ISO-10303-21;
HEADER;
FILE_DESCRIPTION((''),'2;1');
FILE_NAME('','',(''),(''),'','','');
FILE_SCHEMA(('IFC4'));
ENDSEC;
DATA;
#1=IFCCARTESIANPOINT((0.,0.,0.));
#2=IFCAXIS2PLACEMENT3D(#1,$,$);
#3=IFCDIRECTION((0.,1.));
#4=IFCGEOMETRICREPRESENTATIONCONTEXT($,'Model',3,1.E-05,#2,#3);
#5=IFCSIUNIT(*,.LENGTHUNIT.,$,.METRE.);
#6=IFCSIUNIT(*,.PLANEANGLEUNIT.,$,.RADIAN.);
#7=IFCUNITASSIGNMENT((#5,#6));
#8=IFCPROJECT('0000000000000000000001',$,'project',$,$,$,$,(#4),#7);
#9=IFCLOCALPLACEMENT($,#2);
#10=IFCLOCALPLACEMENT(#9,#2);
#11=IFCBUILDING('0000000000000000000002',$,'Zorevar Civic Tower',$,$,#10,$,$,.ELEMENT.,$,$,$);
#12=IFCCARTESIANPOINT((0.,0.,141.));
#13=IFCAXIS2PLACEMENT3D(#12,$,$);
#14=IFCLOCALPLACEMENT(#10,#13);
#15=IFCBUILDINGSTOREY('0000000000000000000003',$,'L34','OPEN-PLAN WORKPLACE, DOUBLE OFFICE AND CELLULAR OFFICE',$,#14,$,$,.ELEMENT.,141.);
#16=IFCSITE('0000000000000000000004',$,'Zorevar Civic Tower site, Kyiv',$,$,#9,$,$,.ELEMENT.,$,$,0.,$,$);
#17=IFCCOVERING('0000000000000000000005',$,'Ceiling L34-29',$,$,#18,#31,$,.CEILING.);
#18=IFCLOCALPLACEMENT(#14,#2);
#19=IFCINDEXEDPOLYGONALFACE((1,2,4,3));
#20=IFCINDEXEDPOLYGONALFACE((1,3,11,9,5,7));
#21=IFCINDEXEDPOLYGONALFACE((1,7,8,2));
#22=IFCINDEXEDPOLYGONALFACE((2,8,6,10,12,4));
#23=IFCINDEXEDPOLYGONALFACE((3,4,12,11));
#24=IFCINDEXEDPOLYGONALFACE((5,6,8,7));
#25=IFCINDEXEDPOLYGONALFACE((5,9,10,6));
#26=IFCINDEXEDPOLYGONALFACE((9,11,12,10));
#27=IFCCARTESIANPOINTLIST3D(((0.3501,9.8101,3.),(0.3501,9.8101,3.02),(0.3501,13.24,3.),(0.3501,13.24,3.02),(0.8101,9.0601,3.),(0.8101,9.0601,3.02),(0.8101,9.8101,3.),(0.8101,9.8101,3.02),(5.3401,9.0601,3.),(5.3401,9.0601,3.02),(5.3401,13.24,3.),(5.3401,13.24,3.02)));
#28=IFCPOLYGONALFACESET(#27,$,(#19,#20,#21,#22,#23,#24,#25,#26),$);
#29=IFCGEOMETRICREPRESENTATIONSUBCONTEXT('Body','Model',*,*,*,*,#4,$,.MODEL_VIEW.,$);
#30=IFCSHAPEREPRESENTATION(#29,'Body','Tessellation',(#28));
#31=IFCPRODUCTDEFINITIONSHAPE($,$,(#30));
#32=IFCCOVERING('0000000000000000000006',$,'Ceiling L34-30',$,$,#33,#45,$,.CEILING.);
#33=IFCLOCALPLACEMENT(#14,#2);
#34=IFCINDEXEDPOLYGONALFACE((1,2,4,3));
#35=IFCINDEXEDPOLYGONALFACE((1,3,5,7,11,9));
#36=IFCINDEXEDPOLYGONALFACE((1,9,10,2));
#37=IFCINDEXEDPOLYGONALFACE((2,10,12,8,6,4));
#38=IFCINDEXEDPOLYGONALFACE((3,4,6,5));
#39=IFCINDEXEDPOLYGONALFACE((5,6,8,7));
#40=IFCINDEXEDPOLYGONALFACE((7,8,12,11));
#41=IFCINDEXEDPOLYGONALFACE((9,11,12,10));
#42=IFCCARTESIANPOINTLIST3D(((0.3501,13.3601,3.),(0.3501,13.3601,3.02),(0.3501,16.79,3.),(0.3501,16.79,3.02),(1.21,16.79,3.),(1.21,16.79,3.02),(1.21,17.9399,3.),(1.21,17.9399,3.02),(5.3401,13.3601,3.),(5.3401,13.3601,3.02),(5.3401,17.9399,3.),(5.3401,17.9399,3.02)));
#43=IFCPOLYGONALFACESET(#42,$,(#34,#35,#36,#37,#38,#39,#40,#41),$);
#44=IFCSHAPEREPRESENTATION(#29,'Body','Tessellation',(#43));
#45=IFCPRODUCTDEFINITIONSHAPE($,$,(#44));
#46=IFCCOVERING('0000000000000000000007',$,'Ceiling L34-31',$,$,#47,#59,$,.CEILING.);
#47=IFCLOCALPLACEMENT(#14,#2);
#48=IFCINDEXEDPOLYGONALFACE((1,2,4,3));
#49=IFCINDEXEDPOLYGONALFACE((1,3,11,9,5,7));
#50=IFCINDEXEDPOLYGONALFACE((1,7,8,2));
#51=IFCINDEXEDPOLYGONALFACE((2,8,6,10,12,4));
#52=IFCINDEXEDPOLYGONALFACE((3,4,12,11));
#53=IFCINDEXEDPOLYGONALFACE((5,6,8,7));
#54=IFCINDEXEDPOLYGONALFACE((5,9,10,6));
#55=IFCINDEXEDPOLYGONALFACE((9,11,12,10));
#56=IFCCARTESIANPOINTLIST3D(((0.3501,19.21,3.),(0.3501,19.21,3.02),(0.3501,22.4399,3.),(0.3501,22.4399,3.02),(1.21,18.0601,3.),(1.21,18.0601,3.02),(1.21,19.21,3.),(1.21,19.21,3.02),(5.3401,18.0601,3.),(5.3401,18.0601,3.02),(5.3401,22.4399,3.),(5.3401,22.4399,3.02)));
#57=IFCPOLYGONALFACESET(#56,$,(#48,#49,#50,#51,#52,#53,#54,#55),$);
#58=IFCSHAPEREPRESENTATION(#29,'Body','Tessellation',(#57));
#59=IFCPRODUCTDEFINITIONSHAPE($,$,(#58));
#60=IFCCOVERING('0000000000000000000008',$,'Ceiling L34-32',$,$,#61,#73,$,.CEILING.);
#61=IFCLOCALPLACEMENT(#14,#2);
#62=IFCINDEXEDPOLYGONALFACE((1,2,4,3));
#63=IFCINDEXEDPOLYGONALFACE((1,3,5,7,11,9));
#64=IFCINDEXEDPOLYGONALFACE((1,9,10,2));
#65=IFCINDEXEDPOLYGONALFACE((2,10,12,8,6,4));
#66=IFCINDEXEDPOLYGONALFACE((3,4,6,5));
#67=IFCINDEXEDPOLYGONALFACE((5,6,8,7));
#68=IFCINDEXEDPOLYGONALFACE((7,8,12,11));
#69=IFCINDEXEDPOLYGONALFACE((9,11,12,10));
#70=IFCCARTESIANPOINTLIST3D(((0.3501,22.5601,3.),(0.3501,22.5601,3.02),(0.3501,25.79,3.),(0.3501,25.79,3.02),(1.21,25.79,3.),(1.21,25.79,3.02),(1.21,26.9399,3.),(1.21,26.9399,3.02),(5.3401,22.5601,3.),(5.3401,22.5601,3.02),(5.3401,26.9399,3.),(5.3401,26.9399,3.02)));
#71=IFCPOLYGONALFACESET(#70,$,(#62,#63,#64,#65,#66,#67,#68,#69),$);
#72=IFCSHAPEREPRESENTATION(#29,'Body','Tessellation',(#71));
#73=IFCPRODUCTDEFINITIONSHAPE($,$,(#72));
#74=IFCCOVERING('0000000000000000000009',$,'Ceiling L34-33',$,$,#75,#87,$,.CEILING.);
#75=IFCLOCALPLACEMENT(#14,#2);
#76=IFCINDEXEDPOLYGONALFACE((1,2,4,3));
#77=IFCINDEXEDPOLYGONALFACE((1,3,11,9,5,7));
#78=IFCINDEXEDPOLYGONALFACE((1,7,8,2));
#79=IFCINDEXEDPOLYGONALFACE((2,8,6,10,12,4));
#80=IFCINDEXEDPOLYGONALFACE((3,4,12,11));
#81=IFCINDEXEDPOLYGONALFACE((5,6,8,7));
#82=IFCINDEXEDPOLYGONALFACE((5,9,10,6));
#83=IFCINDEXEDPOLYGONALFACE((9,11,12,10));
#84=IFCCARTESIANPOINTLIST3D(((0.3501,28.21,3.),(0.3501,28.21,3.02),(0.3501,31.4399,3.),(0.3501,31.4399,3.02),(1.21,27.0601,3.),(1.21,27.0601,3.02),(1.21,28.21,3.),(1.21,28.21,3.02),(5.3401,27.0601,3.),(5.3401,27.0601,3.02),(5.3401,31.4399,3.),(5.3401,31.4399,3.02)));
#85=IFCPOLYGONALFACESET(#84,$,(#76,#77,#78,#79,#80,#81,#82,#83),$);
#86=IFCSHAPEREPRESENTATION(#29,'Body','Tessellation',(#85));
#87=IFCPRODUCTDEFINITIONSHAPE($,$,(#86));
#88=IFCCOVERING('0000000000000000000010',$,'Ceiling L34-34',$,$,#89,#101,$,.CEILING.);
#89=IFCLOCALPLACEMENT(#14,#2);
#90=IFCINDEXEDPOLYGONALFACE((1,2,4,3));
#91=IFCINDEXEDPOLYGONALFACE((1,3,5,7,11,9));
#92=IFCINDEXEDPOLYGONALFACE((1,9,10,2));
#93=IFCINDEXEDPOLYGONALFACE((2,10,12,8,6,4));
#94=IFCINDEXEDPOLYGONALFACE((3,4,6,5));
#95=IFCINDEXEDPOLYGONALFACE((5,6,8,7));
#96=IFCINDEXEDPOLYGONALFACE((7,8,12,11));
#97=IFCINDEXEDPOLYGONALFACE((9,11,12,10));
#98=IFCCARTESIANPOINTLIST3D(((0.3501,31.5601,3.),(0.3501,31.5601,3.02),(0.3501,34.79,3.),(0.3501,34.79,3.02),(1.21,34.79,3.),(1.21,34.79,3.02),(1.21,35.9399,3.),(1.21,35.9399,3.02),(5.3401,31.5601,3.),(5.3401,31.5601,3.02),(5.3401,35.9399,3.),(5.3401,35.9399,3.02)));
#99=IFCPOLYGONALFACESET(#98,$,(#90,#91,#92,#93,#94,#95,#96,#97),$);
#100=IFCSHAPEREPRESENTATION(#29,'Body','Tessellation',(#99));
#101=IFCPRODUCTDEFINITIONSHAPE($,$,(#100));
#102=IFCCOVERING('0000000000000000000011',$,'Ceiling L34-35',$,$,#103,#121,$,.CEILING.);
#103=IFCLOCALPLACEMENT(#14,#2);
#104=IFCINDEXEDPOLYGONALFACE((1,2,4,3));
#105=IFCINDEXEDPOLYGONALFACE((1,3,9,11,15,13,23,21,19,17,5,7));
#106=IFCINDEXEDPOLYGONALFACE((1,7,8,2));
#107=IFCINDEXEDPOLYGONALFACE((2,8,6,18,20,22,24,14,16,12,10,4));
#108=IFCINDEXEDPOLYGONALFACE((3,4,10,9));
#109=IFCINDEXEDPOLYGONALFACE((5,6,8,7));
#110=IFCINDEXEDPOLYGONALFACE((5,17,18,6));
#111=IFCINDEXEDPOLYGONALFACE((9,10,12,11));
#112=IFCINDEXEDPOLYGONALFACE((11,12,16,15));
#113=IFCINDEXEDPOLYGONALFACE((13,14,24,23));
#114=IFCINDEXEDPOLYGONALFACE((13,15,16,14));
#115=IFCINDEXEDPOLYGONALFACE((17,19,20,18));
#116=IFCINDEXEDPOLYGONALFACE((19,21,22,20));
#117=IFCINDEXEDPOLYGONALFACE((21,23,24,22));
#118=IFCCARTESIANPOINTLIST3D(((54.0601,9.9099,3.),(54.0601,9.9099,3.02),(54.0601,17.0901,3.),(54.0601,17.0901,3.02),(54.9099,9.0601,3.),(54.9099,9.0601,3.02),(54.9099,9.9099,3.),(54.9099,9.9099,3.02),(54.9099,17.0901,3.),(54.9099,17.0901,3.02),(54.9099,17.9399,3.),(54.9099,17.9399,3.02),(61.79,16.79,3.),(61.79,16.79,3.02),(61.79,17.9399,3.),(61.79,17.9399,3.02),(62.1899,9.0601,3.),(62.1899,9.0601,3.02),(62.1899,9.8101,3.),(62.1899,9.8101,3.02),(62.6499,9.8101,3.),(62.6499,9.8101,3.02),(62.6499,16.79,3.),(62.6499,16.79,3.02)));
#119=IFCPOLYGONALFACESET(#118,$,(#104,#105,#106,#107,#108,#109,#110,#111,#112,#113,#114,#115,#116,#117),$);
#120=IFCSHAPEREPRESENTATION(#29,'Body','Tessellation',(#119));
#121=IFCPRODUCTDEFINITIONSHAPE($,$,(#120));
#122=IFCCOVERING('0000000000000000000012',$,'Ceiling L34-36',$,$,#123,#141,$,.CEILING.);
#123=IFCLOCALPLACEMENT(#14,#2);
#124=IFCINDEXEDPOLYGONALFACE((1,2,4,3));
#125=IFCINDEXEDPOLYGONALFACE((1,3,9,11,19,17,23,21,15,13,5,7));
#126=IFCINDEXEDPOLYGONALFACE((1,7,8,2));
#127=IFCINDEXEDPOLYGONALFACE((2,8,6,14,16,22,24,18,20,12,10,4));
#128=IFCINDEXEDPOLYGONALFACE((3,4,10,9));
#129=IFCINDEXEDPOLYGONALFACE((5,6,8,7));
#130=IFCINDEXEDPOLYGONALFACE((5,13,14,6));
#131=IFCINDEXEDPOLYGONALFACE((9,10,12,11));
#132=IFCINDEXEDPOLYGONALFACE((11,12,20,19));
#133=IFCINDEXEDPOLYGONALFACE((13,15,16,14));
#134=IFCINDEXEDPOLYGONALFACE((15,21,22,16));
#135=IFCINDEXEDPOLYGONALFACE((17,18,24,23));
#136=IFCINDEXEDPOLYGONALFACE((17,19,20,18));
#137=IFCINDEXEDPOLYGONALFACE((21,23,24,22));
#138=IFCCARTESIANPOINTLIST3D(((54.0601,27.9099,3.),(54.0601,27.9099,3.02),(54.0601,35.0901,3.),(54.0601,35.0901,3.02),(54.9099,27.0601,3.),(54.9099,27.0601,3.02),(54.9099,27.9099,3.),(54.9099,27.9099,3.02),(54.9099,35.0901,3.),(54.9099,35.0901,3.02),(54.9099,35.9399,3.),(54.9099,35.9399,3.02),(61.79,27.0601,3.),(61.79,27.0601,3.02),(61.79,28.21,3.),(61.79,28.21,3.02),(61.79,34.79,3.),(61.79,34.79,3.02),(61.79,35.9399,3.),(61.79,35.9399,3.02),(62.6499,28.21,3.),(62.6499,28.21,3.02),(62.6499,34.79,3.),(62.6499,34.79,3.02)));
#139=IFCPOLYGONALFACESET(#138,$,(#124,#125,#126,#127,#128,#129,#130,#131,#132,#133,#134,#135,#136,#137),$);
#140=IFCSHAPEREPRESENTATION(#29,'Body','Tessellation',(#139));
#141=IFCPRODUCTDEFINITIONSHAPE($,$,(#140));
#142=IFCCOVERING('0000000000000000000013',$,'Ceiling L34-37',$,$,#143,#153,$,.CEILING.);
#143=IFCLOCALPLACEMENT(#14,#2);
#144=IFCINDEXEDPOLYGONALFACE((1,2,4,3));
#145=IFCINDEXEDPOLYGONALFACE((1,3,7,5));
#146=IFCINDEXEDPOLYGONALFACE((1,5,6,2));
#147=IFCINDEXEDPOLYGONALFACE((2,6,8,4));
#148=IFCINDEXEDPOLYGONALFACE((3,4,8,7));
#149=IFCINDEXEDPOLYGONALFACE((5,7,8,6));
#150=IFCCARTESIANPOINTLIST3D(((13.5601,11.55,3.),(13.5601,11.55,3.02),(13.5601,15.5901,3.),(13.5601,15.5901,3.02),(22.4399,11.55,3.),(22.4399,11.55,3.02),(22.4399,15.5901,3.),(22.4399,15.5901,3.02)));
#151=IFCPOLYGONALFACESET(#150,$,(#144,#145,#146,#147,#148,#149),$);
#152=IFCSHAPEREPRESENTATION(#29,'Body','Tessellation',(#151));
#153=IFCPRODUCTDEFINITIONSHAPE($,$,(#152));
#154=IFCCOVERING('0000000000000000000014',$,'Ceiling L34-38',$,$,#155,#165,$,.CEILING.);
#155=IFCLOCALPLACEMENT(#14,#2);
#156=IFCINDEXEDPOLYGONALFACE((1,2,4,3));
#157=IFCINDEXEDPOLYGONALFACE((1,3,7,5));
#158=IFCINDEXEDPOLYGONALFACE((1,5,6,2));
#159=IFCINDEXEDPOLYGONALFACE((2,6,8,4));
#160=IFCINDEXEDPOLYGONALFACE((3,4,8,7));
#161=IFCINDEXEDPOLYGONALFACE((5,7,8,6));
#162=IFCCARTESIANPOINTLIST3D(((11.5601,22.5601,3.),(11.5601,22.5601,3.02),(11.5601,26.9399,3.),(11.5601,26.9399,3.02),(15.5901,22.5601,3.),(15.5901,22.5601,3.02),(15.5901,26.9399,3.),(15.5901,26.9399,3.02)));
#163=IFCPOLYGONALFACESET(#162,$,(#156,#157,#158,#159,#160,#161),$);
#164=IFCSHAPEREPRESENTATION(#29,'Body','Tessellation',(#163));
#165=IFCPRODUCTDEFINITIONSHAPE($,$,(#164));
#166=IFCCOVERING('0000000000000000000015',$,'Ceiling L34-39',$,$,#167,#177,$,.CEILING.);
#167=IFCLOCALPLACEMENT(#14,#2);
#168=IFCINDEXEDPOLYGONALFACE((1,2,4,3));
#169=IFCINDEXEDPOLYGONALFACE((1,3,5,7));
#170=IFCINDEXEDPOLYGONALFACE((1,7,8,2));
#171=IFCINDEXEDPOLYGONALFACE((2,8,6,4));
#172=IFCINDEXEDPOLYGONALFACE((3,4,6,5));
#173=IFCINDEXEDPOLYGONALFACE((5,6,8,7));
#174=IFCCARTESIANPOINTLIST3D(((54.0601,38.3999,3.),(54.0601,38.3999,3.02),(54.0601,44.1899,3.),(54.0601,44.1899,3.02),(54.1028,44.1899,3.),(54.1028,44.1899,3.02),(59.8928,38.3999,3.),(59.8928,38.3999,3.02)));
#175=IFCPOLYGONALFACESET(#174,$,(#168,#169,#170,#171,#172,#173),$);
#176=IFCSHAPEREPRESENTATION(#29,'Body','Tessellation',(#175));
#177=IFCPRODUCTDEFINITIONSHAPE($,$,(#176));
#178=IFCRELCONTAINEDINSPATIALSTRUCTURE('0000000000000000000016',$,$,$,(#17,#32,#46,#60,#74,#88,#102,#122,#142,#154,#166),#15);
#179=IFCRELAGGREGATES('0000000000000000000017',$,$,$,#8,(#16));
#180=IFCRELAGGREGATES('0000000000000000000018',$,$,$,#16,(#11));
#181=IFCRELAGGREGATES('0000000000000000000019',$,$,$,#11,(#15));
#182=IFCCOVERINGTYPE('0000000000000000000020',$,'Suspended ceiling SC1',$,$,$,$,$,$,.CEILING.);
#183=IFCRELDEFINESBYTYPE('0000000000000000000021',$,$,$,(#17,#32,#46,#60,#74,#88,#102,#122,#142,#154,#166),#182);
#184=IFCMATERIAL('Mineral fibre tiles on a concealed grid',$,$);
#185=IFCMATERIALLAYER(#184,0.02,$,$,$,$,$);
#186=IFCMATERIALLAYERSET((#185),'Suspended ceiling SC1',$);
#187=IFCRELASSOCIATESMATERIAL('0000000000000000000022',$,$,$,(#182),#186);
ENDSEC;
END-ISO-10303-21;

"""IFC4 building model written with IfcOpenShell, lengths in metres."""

from ifc_helpers import new_model, si_unit, direction, frame, origin, place, context, subcontext, project, spatial, polyline, outline, extrude, material, layer, layer_set, type_object, element, save


model = new_model("IFC4")

# Units and contexts
model_context = context("Model", 3, precision=1e-05, world=origin(), true_north=direction((0.0, 1.0)))
body_context = subcontext(model_context, "Body", "Model", "MODEL_VIEW")
ifc_project = project(units=[si_unit("LENGTHUNIT", "METRE"), si_unit("PLANEANGLEUNIT", "RADIAN")], contexts=[model_context])

# Site, building, storey
site_placement = place(None, origin())
site = spatial("IfcSite", under=ifc_project, at=site_placement, Name="Zorevar Civic Tower site, Kyiv", CompositionType="ELEMENT", RefElevation=0.0)
building_placement = place(site_placement, origin())
building = spatial("IfcBuilding", under=site, at=building_placement, Name="Zorevar Civic Tower", CompositionType="ELEMENT")
storey_placement = place(building_placement, frame((0.0, 0.0, 141.0)))
storey = spatial("IfcBuildingStorey", under=building, at=storey_placement, Name="L34", Description="OPEN-PLAN WORKPLACE, DOUBLE OFFICE AND CELLULAR OFFICE", CompositionType="ELEMENT", Elevation=141.0)

# Coverings
ifc_material_1 = material(Name="Mineral fibre tiles on a concealed grid")
ifc_layer_1 = layer(ifc_material_1, 0.02)
ifc_layer_set_1 = layer_set([ifc_layer_1], Name="Suspended ceiling SC1")
covering_type_1 = type_object("IfcCoveringType", Name="Suspended ceiling SC1", PredefinedType="CEILING", material=ifc_layer_set_1)
covering_1_placement = place(storey_placement, frame((0.0, 0.0, 3.0)))
element("IfcCovering", 1, at=covering_1_placement, inside=storey, type_object=covering_type_1, Name="Ceiling L34-29", PredefinedType="CEILING", context=body_context, shape_type="SweptSolid", body=[
    extrude(outline(polyline([(5.3401, 9.0601), (0.8101, 9.0601), (0.8101, 9.8101), (0.3501, 9.8101), (0.3501, 13.24), (5.3401, 13.24), (5.3401, 9.0601)])), origin(), (0.0, 0.0, 1.0), 0.02),
])
covering_2_placement = place(storey_placement, frame((0.0, 0.0, 3.0)))
element("IfcCovering", 2, at=covering_2_placement, inside=storey, type_object=covering_type_1, Name="Ceiling L34-30", PredefinedType="CEILING", context=body_context, shape_type="SweptSolid", body=[
    extrude(outline(polyline([(5.3401, 13.3601), (0.3501, 13.3601), (0.3501, 16.79), (1.21, 16.79), (1.21, 17.9399), (5.3401, 17.9399), (5.3401, 13.3601)])), origin(), (0.0, 0.0, 1.0), 0.02),
])
covering_3_placement = place(storey_placement, frame((0.0, 0.0, 3.0)))
element("IfcCovering", 3, at=covering_3_placement, inside=storey, type_object=covering_type_1, Name="Ceiling L34-31", PredefinedType="CEILING", context=body_context, shape_type="SweptSolid", body=[
    extrude(outline(polyline([(5.3401, 18.0601), (1.21, 18.0601), (1.21, 19.21), (0.3501, 19.21), (0.3501, 22.4399), (5.3401, 22.4399), (5.3401, 18.0601)])), origin(), (0.0, 0.0, 1.0), 0.02),
])
covering_4_placement = place(storey_placement, frame((0.0, 0.0, 3.0)))
element("IfcCovering", 4, at=covering_4_placement, inside=storey, type_object=covering_type_1, Name="Ceiling L34-32", PredefinedType="CEILING", context=body_context, shape_type="SweptSolid", body=[
    extrude(outline(polyline([(5.3401, 22.5601), (0.3501, 22.5601), (0.3501, 25.79), (1.21, 25.79), (1.21, 26.9399), (5.3401, 26.9399), (5.3401, 22.5601)])), origin(), (0.0, 0.0, 1.0), 0.02),
])
covering_5_placement = place(storey_placement, frame((0.0, 0.0, 3.0)))
element("IfcCovering", 5, at=covering_5_placement, inside=storey, type_object=covering_type_1, Name="Ceiling L34-33", PredefinedType="CEILING", context=body_context, shape_type="SweptSolid", body=[
    extrude(outline(polyline([(5.3401, 27.0601), (1.21, 27.0601), (1.21, 28.21), (0.3501, 28.21), (0.3501, 31.4399), (5.3401, 31.4399), (5.3401, 27.0601)])), origin(), (0.0, 0.0, 1.0), 0.02),
])
covering_6_placement = place(storey_placement, frame((0.0, 0.0, 3.0)))
element("IfcCovering", 6, at=covering_6_placement, inside=storey, type_object=covering_type_1, Name="Ceiling L34-34", PredefinedType="CEILING", context=body_context, shape_type="SweptSolid", body=[
    extrude(outline(polyline([(5.3401, 31.5601), (0.3501, 31.5601), (0.3501, 34.79), (1.21, 34.79), (1.21, 35.9399), (5.3401, 35.9399), (5.3401, 31.5601)])), origin(), (0.0, 0.0, 1.0), 0.02),
])
covering_7_placement = place(storey_placement, frame((0.0, 0.0, 3.0)))
element("IfcCovering", 7, at=covering_7_placement, inside=storey, type_object=covering_type_1, Name="Ceiling L34-35", PredefinedType="CEILING", context=body_context, shape_type="SweptSolid", body=[
    extrude(outline(polyline([(62.6499, 9.8101), (62.1899, 9.8101), (62.1899, 9.0601), (54.9099, 9.0601), (54.9099, 9.9099), (54.0601, 9.9099), (54.0601, 17.0901), (54.9099, 17.0901), (54.9099, 17.9399), (61.79, 17.9399), (61.79, 16.79), (62.6499, 16.79), (62.6499, 9.8101)])), origin(), (0.0, 0.0, 1.0), 0.02),
])
covering_8_placement = place(storey_placement, frame((0.0, 0.0, 3.0)))
element("IfcCovering", 8, at=covering_8_placement, inside=storey, type_object=covering_type_1, Name="Ceiling L34-36", PredefinedType="CEILING", context=body_context, shape_type="SweptSolid", body=[
    extrude(outline(polyline([(62.6499, 28.21), (61.79, 28.21), (61.79, 27.0601), (54.9099, 27.0601), (54.9099, 27.9099), (54.0601, 27.9099), (54.0601, 35.0901), (54.9099, 35.0901), (54.9099, 35.9399), (61.79, 35.9399), (61.79, 34.79), (62.6499, 34.79), (62.6499, 28.21)])), origin(), (0.0, 0.0, 1.0), 0.02),
])
covering_9_placement = place(storey_placement, frame((0.0, 0.0, 3.0)))
element("IfcCovering", 9, at=covering_9_placement, inside=storey, type_object=covering_type_1, Name="Ceiling L34-37", PredefinedType="CEILING", context=body_context, shape_type="SweptSolid", body=[
    extrude(outline(polyline([(13.5601, 15.5901), (22.4399, 15.5901), (22.4399, 11.55), (13.5601, 11.55), (13.5601, 15.5901)])), origin(), (0.0, 0.0, 1.0), 0.02),
])
covering_10_placement = place(storey_placement, frame((0.0, 0.0, 3.0)))
element("IfcCovering", 10, at=covering_10_placement, inside=storey, type_object=covering_type_1, Name="Ceiling L34-38", PredefinedType="CEILING", context=body_context, shape_type="SweptSolid", body=[
    extrude(outline(polyline([(11.5601, 26.9399), (15.5901, 26.9399), (15.5901, 22.5601), (11.5601, 22.5601), (11.5601, 26.9399)])), origin(), (0.0, 0.0, 1.0), 0.02),
])
covering_11_placement = place(storey_placement, frame((0.0, 0.0, 3.0)))
element("IfcCovering", 11, at=covering_11_placement, inside=storey, type_object=covering_type_1, Name="Ceiling L34-39", PredefinedType="CEILING", context=body_context, shape_type="SweptSolid", body=[
    extrude(outline(polyline([(54.0601, 38.3999), (54.0601, 44.1899), (54.1028, 44.1899), (59.8928, 38.3999), (54.0601, 38.3999)])), origin(), (0.0, 0.0, 1.0), 0.02),
])

save(model, "model.ifc")
